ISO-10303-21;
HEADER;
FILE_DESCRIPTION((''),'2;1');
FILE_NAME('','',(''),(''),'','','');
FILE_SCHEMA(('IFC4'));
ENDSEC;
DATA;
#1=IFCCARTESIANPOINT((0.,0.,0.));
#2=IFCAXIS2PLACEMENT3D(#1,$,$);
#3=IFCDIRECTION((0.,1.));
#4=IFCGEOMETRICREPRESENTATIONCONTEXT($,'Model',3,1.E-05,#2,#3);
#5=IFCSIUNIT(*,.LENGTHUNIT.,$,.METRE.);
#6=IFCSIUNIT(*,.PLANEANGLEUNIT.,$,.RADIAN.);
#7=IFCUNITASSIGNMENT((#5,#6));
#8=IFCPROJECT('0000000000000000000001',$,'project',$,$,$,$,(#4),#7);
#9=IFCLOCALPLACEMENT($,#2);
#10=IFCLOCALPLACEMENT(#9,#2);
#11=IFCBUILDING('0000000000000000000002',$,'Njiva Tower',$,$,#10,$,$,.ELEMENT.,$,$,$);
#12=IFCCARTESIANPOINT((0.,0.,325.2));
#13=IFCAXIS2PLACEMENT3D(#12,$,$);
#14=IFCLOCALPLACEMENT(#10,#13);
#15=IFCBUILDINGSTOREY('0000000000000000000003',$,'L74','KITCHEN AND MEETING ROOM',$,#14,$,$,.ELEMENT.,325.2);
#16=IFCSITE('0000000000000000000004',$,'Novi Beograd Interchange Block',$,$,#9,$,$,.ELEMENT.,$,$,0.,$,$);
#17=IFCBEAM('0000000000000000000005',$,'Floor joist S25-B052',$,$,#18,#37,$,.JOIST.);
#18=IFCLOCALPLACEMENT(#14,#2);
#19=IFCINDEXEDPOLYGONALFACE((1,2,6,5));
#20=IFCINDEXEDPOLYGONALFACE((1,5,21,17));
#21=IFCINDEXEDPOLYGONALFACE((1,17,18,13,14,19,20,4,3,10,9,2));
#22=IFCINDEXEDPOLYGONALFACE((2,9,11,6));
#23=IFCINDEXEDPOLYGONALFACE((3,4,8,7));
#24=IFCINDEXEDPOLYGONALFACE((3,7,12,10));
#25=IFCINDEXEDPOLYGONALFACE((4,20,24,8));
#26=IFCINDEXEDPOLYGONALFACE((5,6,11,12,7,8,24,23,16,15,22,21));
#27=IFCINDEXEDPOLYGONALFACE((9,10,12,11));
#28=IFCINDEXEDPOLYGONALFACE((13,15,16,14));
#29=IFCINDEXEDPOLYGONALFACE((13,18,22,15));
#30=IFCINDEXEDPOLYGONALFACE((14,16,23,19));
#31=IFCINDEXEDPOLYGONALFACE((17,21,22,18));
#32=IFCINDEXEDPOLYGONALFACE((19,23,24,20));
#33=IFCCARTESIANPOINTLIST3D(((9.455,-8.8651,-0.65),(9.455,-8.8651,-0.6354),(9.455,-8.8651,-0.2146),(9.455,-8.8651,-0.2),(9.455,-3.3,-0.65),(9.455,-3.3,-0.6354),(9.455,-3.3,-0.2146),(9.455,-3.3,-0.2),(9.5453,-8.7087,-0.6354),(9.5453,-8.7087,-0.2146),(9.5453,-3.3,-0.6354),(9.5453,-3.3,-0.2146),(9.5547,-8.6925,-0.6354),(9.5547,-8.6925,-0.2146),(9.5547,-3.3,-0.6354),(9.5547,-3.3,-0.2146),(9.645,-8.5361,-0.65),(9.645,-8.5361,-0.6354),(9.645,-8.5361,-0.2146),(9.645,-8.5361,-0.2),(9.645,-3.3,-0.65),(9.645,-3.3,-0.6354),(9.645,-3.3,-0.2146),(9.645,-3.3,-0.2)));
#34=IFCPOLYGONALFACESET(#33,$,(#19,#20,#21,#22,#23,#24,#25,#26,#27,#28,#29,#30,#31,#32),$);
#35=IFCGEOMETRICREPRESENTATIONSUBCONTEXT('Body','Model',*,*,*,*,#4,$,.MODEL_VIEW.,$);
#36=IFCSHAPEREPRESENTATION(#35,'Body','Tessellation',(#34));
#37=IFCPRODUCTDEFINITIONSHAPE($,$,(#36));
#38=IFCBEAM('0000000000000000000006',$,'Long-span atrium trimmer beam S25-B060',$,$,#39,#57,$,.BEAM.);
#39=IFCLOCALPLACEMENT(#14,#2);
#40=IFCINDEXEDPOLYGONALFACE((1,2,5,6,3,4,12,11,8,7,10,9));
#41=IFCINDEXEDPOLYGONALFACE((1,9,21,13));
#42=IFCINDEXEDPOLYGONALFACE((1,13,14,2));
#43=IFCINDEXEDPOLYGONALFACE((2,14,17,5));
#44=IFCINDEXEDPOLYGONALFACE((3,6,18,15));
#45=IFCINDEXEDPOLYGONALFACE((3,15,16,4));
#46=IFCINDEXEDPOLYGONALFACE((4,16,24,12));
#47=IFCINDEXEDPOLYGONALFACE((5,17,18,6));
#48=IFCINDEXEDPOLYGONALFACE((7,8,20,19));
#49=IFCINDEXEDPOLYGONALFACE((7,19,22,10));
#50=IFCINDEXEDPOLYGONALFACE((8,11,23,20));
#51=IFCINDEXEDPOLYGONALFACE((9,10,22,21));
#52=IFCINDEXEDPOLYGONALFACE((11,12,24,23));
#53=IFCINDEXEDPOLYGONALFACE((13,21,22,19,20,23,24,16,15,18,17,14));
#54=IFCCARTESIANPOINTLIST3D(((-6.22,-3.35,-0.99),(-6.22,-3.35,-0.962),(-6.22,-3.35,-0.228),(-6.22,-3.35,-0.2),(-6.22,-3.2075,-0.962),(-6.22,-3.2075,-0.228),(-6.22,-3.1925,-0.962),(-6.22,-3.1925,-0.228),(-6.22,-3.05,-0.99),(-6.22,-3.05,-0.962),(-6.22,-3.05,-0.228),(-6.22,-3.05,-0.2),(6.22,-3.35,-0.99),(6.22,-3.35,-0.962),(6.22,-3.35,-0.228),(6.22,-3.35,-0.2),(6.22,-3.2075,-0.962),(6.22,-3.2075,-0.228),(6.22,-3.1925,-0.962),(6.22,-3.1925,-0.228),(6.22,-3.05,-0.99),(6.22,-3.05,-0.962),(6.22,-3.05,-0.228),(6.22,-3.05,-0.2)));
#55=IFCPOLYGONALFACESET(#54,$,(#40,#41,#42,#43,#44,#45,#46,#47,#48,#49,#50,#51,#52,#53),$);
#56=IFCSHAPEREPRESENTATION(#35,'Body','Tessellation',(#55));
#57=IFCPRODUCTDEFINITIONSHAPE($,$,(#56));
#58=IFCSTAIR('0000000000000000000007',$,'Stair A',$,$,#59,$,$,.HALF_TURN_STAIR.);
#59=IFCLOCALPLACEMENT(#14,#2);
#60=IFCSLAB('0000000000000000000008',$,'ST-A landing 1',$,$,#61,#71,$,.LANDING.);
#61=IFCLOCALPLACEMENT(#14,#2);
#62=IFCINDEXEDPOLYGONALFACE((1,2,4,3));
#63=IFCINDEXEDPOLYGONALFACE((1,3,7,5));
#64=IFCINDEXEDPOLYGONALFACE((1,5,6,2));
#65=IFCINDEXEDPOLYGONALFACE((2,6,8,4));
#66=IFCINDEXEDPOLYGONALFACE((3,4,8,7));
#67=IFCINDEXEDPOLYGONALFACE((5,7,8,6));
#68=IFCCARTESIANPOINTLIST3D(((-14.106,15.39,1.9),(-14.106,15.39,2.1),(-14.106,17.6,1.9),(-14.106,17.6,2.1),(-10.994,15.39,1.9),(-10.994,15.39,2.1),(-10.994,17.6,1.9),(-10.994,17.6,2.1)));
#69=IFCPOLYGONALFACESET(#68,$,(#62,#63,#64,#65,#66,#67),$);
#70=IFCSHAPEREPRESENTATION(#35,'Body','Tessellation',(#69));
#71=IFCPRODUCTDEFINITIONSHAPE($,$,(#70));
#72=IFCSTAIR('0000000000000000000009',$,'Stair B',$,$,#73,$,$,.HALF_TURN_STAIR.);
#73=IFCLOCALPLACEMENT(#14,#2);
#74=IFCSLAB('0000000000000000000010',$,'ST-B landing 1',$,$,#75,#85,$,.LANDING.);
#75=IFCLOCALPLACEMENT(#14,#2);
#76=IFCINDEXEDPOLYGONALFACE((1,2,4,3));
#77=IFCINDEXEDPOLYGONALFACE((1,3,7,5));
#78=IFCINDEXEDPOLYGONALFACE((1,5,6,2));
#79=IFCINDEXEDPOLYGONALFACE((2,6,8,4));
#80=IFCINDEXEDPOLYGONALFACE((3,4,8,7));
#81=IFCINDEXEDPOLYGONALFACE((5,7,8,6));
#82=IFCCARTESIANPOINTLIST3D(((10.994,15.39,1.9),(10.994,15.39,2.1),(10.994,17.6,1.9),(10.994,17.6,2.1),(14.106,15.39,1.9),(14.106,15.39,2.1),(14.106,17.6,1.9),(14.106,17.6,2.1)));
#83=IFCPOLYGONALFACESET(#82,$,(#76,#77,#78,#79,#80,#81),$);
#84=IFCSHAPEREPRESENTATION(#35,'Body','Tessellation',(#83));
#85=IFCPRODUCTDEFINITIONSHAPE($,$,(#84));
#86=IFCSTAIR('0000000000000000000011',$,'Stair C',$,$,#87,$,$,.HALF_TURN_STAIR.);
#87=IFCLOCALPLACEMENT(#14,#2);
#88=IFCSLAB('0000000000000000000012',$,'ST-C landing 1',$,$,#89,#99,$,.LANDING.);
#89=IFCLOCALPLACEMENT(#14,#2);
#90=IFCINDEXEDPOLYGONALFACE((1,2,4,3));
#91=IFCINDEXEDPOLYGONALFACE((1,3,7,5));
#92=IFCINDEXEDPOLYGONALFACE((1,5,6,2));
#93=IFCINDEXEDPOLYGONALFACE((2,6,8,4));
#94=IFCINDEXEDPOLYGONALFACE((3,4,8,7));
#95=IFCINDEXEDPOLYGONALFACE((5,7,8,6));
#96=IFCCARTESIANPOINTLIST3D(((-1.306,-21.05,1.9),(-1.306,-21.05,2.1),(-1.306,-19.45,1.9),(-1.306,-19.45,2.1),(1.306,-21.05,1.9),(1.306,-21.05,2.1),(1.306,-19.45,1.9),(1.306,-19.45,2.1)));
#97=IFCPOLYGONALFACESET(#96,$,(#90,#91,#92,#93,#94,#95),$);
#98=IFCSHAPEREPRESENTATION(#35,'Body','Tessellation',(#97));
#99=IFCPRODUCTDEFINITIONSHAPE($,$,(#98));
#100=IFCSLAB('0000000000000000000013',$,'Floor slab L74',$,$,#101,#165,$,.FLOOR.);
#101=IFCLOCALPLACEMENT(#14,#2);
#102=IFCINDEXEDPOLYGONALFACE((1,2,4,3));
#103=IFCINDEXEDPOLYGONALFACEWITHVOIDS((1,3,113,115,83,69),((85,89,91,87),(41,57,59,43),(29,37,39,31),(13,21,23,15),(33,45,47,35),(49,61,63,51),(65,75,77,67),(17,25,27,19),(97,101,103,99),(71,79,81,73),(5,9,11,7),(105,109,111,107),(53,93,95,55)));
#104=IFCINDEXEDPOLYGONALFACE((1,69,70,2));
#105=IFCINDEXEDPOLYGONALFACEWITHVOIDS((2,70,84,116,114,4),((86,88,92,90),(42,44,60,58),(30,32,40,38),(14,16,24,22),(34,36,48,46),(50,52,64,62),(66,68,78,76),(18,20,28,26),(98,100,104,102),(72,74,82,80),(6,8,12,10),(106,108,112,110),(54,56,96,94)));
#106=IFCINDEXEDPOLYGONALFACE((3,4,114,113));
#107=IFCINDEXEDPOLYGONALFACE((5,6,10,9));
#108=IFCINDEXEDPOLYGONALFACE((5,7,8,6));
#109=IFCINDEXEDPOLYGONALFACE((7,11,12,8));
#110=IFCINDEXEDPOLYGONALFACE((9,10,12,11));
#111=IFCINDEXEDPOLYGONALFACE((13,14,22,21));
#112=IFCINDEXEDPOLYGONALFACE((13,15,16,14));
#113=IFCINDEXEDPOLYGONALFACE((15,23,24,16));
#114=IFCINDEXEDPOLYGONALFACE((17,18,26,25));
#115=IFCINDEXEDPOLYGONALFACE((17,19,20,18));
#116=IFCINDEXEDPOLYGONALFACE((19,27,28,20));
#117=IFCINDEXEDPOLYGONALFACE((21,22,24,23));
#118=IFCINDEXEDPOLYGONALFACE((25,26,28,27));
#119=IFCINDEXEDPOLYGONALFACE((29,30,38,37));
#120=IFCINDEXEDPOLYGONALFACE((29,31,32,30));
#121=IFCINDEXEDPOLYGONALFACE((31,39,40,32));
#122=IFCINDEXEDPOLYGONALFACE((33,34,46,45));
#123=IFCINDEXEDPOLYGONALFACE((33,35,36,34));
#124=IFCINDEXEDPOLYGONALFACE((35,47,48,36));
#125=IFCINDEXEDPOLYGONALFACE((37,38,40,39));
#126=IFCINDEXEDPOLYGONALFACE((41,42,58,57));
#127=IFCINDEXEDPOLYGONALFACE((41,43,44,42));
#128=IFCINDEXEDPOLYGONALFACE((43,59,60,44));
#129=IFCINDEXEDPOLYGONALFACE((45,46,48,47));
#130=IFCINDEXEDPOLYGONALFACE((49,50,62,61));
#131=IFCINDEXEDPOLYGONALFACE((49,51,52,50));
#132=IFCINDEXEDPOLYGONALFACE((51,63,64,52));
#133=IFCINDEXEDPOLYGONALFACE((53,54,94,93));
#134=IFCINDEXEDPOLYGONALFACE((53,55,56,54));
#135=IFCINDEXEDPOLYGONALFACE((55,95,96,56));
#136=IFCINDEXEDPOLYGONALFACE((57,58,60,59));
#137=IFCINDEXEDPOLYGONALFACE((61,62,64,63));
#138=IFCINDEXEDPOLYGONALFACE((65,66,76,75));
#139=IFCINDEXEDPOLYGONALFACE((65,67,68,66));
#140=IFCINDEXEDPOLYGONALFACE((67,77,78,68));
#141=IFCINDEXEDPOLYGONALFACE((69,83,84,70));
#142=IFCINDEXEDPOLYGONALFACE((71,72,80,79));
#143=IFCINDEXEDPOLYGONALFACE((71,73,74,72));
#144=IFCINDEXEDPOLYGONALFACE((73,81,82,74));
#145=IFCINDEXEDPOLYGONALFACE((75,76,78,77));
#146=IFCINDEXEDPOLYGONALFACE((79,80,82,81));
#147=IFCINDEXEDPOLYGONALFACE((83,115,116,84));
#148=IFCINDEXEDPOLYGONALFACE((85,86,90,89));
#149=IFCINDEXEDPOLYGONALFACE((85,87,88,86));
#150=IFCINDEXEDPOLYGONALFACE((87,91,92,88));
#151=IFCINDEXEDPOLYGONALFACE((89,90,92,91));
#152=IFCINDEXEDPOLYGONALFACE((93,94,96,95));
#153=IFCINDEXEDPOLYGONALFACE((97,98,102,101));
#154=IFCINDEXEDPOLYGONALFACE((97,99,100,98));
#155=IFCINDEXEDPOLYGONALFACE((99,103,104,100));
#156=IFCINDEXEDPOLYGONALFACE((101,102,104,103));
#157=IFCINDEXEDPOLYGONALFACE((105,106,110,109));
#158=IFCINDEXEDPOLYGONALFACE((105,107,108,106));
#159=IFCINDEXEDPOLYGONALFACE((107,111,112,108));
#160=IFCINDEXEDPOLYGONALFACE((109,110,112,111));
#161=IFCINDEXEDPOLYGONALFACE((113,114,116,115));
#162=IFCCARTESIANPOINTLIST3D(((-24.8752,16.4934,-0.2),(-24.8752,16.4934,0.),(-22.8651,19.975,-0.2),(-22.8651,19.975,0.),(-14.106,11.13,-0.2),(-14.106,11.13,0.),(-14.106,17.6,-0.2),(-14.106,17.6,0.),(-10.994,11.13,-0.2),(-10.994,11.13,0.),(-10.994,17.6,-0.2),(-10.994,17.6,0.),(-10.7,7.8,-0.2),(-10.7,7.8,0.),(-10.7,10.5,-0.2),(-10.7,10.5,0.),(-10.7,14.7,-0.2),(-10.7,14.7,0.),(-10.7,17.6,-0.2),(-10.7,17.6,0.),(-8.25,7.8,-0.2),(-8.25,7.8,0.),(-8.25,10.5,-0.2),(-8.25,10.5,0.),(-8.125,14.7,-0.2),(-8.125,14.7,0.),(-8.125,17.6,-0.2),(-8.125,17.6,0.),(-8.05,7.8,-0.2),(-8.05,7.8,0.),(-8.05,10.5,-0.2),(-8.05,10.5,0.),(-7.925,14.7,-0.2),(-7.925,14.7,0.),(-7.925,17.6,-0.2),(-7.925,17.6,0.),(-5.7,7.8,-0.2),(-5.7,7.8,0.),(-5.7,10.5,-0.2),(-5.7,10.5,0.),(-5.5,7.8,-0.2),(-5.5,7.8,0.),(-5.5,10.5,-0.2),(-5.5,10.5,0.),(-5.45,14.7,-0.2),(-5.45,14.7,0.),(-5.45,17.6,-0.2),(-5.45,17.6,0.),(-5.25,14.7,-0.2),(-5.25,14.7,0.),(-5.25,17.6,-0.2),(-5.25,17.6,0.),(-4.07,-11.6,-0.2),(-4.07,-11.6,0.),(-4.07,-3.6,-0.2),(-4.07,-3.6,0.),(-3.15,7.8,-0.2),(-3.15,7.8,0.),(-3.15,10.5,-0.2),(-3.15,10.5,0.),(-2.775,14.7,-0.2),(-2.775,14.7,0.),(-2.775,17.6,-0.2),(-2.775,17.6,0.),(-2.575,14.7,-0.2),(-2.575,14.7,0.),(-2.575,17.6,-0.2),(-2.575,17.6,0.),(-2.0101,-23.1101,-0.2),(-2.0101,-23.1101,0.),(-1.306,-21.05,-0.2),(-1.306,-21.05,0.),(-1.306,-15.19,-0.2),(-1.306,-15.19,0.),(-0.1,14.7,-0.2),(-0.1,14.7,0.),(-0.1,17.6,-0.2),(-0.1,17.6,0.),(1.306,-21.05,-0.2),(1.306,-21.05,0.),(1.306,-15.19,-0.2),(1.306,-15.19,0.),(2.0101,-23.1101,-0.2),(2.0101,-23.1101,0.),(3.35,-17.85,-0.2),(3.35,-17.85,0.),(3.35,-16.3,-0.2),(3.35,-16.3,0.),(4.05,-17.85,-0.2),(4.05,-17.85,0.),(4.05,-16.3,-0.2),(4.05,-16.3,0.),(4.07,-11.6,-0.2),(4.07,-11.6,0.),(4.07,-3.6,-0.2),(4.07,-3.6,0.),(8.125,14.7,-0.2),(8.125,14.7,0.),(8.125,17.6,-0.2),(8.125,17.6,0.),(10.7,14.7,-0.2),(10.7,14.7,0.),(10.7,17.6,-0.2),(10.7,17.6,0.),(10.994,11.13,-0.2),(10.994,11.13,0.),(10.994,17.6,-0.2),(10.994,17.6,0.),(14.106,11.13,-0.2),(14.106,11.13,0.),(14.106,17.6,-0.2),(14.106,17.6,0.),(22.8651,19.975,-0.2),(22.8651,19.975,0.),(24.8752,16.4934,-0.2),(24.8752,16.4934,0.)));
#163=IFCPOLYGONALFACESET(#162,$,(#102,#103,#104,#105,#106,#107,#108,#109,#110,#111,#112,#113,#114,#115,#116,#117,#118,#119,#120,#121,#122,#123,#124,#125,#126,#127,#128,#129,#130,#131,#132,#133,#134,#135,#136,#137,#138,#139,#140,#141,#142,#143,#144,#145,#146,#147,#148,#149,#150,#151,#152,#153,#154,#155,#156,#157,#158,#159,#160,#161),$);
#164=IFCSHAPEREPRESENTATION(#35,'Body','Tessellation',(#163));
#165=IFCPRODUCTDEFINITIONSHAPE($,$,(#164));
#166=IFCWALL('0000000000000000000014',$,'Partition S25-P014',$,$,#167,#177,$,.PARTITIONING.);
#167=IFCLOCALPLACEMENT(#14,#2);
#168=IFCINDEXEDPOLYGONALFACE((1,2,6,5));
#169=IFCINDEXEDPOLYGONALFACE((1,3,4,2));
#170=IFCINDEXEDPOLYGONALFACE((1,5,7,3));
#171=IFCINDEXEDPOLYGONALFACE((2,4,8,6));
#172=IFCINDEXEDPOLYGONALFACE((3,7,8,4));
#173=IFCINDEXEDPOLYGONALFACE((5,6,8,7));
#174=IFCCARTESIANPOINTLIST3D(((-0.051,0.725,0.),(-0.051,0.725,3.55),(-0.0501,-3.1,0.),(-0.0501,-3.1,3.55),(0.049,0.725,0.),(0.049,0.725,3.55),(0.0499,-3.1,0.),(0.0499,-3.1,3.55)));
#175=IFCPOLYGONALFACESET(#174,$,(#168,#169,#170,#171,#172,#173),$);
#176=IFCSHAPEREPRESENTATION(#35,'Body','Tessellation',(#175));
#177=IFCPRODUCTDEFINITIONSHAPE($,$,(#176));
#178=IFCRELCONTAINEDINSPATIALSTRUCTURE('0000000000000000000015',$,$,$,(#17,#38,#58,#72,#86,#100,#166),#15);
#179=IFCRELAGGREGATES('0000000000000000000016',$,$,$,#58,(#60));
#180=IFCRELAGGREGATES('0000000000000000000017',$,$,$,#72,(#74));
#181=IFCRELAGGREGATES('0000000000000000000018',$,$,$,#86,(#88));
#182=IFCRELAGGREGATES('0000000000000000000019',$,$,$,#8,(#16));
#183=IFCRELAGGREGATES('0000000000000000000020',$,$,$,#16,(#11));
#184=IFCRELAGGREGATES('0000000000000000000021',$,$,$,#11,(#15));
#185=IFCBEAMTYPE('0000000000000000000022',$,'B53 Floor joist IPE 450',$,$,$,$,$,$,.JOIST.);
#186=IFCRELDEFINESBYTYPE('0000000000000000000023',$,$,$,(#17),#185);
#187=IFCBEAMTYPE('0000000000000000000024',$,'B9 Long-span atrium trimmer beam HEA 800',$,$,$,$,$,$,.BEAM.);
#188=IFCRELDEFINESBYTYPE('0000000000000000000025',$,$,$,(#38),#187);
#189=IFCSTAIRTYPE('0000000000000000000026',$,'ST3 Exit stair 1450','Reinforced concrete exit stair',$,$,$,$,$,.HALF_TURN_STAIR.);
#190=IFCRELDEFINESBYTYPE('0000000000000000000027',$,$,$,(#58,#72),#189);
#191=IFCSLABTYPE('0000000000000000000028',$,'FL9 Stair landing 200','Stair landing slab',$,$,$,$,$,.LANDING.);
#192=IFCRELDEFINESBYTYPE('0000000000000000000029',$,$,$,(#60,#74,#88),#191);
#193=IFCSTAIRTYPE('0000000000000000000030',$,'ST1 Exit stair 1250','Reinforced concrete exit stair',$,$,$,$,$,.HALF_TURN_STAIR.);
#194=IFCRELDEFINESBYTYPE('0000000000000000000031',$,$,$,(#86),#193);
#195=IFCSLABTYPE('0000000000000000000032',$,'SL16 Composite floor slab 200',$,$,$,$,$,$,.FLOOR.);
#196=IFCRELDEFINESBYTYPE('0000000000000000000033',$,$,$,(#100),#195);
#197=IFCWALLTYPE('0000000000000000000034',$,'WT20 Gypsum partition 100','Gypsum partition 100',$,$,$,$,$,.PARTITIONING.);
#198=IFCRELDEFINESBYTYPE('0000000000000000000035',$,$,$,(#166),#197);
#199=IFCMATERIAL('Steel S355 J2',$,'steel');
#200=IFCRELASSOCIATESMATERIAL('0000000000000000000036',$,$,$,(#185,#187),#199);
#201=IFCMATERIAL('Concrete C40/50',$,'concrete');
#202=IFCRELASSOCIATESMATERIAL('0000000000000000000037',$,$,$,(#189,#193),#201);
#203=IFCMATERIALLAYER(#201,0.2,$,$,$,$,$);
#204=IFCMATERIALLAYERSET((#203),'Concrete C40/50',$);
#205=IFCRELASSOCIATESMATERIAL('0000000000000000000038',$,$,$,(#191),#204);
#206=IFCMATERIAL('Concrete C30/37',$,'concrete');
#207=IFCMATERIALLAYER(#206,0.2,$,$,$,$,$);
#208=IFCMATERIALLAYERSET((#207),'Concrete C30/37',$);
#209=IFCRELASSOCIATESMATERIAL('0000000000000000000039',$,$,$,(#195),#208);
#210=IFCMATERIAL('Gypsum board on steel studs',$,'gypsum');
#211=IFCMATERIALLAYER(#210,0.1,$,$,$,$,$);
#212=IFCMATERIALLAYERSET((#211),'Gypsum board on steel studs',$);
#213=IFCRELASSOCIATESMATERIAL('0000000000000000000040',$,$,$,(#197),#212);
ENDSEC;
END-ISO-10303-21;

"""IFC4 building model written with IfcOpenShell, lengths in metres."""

from ifc_helpers import new_model, si_unit, direction, frame, frame_2d, origin, origin_2d, place, context, subcontext, project, spatial, polyline, rectangle, i_section, outline, extrude, clip, halfspace, material, layer, layer_set, material_profile, profile_set, type_object, element, aggregate, save


model = new_model("IFC4")

# Units and contexts
model_context = context("Model", 3, precision=1e-05, world=origin(), true_north=direction((0.0, 1.0)))
body_context = subcontext(model_context, "Body", "Model", "MODEL_VIEW")
ifc_project = project(units=[si_unit("LENGTHUNIT", "METRE"), si_unit("PLANEANGLEUNIT", "RADIAN")], contexts=[model_context])

# Site, building, storey
site_placement = place(None, origin())
site = spatial("IfcSite", under=ifc_project, at=site_placement, Name="Novi Beograd Interchange Block", CompositionType="ELEMENT", RefElevation=0.0)
building_placement = place(site_placement, origin())
building = spatial("IfcBuilding", under=site, at=building_placement, Name="Njiva Tower", CompositionType="ELEMENT")
storey_placement = place(building_placement, frame((0.0, 0.0, 325.2)))
storey = spatial("IfcBuildingStorey", under=building, at=storey_placement, Name="L74", Description="KITCHEN AND MEETING ROOM", CompositionType="ELEMENT", Elevation=325.2)

# Shared definitions
ifc_material_1 = material(Name="Steel S355 J2", Category="steel")

# Beams
ifc_material_profile_1 = material_profile(ifc_material_1, i_section(OverallWidth=0.19, OverallDepth=0.45, WebThickness=0.0094, FlangeThickness=0.0146, at=origin_2d()), Name="IPE 450")
ifc_profile_set_1 = profile_set([ifc_material_profile_1], Name="Steel S355 J2")
beam_type_1 = type_object("IfcBeamType", Name="B53 Floor joist IPE 450", PredefinedType="JOIST", material=ifc_profile_set_1)
beam_1_placement = place(storey_placement, frame((9.55, -3.3, -0.425), z_axis=(0.0, -1.0, 0.0), x_axis=(1.0, 0.0, 0.0)))
element("IfcBeam", 1, at=beam_1_placement, inside=storey, type_object=beam_type_1, Name="Floor joist S25-B052", PredefinedType="JOIST", context=body_context, shape_type="Clipping", body=[
    clip(extrude(i_section(OverallWidth=0.19, OverallDepth=0.45, WebThickness=0.0094, FlangeThickness=0.0146, at=origin_2d()), origin(), (0.0, 0.0, 1.0), 5.586), halfspace(frame((0.0433, 0.0, 5.3256), z_axis=(0.866027, 0.0, 0.499998), x_axis=(0.0, 1.0, 0.0)), False)),
])
ifc_material_profile_2 = material_profile(ifc_material_1, i_section(OverallWidth=0.3, OverallDepth=0.79, WebThickness=0.015, FlangeThickness=0.028, at=origin_2d()), Name="HEA 800")
ifc_profile_set_2 = profile_set([ifc_material_profile_2], Name="Steel S355 J2")
beam_type_2 = type_object("IfcBeamType", Name="B9 Long-span atrium trimmer beam HEA 800", PredefinedType="BEAM", material=ifc_profile_set_2)
beam_2_placement = place(storey_placement, frame((6.22, -3.2, -0.595), z_axis=(-1.0, 0.0, 0.0), x_axis=(0.0, -1.0, 0.0)))
element("IfcBeam", 2, at=beam_2_placement, inside=storey, type_object=beam_type_2, Name="Long-span atrium trimmer beam S25-B060", PredefinedType="BEAM", context=body_context, shape_type="SweptSolid", body=[
    extrude(i_section(OverallWidth=0.3, OverallDepth=0.79, WebThickness=0.015, FlangeThickness=0.028, at=origin_2d()), origin(), (0.0, 0.0, 1.0), 12.44),
])

# Stairs, slabs
ifc_material_2 = material(Name="Concrete C40/50", Category="concrete")
stair_type_1 = type_object("IfcStairType", Name="ST3 Exit stair 1450", Description="Reinforced concrete exit stair", PredefinedType="HALF_TURN_STAIR", material=ifc_material_2)
stair_1_placement = place(storey_placement, origin())
stair_1 = element("IfcStair", 3, at=stair_1_placement, inside=storey, type_object=stair_type_1, Name="Stair A", PredefinedType="HALF_TURN_STAIR")
ifc_layer_1 = layer(ifc_material_2, 0.2)
ifc_layer_set_1 = layer_set([ifc_layer_1], Name="Concrete C40/50")
slab_type_1 = type_object("IfcSlabType", Name="FL9 Stair landing 200", Description="Stair landing slab", PredefinedType="LANDING", material=ifc_layer_set_1)
slab_1_placement = place(storey_placement, frame((0.0, 0.0, 1.9)))
slab_1 = element("IfcSlab", 4, at=slab_1_placement, type_object=slab_type_1, Name="ST-A landing 1", PredefinedType="LANDING", context=body_context, shape_type="SweptSolid", body=[
    extrude(outline(polyline([(-14.106, 15.39), (-10.994, 15.39), (-10.994, 17.6), (-14.106, 17.6), (-14.106, 15.39)])), origin(), (0.0, 0.0, 1.0), 0.2),
])
aggregate(stair_1, [slab_1])
stair_2_placement = place(storey_placement, origin())
stair_2 = element("IfcStair", 5, at=stair_2_placement, inside=storey, type_object=stair_type_1, Name="Stair B", PredefinedType="HALF_TURN_STAIR")
slab_2_placement = place(storey_placement, frame((0.0, 0.0, 1.9)))
slab_2 = element("IfcSlab", 6, at=slab_2_placement, type_object=slab_type_1, Name="ST-B landing 1", PredefinedType="LANDING", context=body_context, shape_type="SweptSolid", body=[
    extrude(outline(polyline([(10.994, 15.39), (14.106, 15.39), (14.106, 17.6), (10.994, 17.6), (10.994, 15.39)])), origin(), (0.0, 0.0, 1.0), 0.2),
])
aggregate(stair_2, [slab_2])
stair_type_2 = type_object("IfcStairType", Name="ST1 Exit stair 1250", Description="Reinforced concrete exit stair", PredefinedType="HALF_TURN_STAIR", material=ifc_material_2)
stair_3_placement = place(storey_placement, origin())
stair_3 = element("IfcStair", 7, at=stair_3_placement, inside=storey, type_object=stair_type_2, Name="Stair C", PredefinedType="HALF_TURN_STAIR")
slab_3_placement = place(storey_placement, frame((0.0, 0.0, 1.9)))
slab_3 = element("IfcSlab", 8, at=slab_3_placement, type_object=slab_type_1, Name="ST-C landing 1", PredefinedType="LANDING", context=body_context, shape_type="SweptSolid", body=[
    extrude(outline(polyline([(-1.306, -21.05), (1.306, -21.05), (1.306, -19.45), (-1.306, -19.45), (-1.306, -21.05)])), origin(), (0.0, 0.0, 1.0), 0.2),
])
aggregate(stair_3, [slab_3])

# Slab
ifc_material_3 = material(Name="Concrete C30/37", Category="concrete")
ifc_layer_2 = layer(ifc_material_3, 0.2)
ifc_layer_set_2 = layer_set([ifc_layer_2], Name="Concrete C30/37")
slab_type_2 = type_object("IfcSlabType", Name="SL16 Composite floor slab 200", PredefinedType="FLOOR", material=ifc_layer_set_2)
slab_4_placement = place(storey_placement, frame((0.0, 0.0, -0.2)))
element("IfcSlab", 9, at=slab_4_placement, inside=storey, type_object=slab_type_2, Name="Floor slab L74", PredefinedType="FLOOR", context=body_context, shape_type="SweptSolid", body=[
    extrude(outline(polyline([(24.8752, 16.4934), (2.0101, -23.1101), (-2.0101, -23.1101), (-24.8752, 16.4934), (-22.8651, 19.975), (22.8651, 19.975), (24.8752, 16.4934)]), holes=[polyline([(10.994, 11.13), (14.106, 11.13), (14.106, 17.6), (10.994, 17.6), (10.994, 11.13)]), polyline([(8.125, 14.7), (10.7, 14.7), (10.7, 17.6), (8.125, 17.6), (8.125, 14.7)]), polyline([(4.07, -11.6), (4.07, -3.6), (-4.07, -3.6), (-4.07, -11.6), (4.07, -11.6)]), polyline([(3.35, -17.85), (4.05, -17.85), (4.05, -16.3), (3.35, -16.3), (3.35, -17.85)]), polyline([(-1.306, -21.05), (1.306, -21.05), (1.306, -15.19), (-1.306, -15.19), (-1.306, -21.05)]), polyline([(-2.575, 14.7), (-0.1, 14.7), (-0.1, 17.6), (-2.575, 17.6), (-2.575, 14.7)]), polyline([(-2.775, 14.7), (-2.775, 17.6), (-5.25, 17.6), (-5.25, 14.7), (-2.775, 14.7)]), polyline([(-5.5, 7.8), (-3.15, 7.8), (-3.15, 10.5), (-5.5, 10.5), (-5.5, 7.8)]), polyline([(-7.925, 14.7), (-5.45, 14.7), (-5.45, 17.6), (-7.925, 17.6), (-7.925, 14.7)]), polyline([(-8.05, 7.8), (-5.7, 7.8), (-5.7, 10.5), (-8.05, 10.5), (-8.05, 7.8)]), polyline([(-10.7, 14.7), (-8.125, 14.7), (-8.125, 17.6), (-10.7, 17.6), (-10.7, 14.7)]), polyline([(-8.25, 7.8), (-8.25, 10.5), (-10.7, 10.5), (-10.7, 7.8), (-8.25, 7.8)]), polyline([(-10.994, 11.13), (-10.994, 17.6), (-14.106, 17.6), (-14.106, 11.13), (-10.994, 11.13)])]), origin(), (0.0, 0.0, 1.0), 0.2),
])

# Wall
ifc_material_4 = material(Name="Gypsum board on steel studs", Category="gypsum")
ifc_layer_3 = layer(ifc_material_4, 0.1)
ifc_layer_set_3 = layer_set([ifc_layer_3], Name="Gypsum board on steel studs")
wall_type_1 = type_object("IfcWallType", Name="WT20 Gypsum partition 100", Description="Gypsum partition 100", PredefinedType="PARTITIONING", material=ifc_layer_set_3)
wall_1_placement = place(storey_placement, frame((-0.001, 0.725, 0.0), z_axis=(0.0, 0.0, 1.0), x_axis=(0.000235, -1.0, 0.0)))
element("IfcWall", 10, at=wall_1_placement, inside=storey, type_object=wall_type_1, Name="Partition S25-P014", PredefinedType="PARTITIONING", context=body_context, shape_type="SweptSolid", body=[
    extrude(rectangle(XDim=3.825, YDim=0.1, at=frame_2d((1.9125, 0.0))), origin(), (0.0, 0.0, 1.0), 3.55),
])

save(model, "model.ifc")
